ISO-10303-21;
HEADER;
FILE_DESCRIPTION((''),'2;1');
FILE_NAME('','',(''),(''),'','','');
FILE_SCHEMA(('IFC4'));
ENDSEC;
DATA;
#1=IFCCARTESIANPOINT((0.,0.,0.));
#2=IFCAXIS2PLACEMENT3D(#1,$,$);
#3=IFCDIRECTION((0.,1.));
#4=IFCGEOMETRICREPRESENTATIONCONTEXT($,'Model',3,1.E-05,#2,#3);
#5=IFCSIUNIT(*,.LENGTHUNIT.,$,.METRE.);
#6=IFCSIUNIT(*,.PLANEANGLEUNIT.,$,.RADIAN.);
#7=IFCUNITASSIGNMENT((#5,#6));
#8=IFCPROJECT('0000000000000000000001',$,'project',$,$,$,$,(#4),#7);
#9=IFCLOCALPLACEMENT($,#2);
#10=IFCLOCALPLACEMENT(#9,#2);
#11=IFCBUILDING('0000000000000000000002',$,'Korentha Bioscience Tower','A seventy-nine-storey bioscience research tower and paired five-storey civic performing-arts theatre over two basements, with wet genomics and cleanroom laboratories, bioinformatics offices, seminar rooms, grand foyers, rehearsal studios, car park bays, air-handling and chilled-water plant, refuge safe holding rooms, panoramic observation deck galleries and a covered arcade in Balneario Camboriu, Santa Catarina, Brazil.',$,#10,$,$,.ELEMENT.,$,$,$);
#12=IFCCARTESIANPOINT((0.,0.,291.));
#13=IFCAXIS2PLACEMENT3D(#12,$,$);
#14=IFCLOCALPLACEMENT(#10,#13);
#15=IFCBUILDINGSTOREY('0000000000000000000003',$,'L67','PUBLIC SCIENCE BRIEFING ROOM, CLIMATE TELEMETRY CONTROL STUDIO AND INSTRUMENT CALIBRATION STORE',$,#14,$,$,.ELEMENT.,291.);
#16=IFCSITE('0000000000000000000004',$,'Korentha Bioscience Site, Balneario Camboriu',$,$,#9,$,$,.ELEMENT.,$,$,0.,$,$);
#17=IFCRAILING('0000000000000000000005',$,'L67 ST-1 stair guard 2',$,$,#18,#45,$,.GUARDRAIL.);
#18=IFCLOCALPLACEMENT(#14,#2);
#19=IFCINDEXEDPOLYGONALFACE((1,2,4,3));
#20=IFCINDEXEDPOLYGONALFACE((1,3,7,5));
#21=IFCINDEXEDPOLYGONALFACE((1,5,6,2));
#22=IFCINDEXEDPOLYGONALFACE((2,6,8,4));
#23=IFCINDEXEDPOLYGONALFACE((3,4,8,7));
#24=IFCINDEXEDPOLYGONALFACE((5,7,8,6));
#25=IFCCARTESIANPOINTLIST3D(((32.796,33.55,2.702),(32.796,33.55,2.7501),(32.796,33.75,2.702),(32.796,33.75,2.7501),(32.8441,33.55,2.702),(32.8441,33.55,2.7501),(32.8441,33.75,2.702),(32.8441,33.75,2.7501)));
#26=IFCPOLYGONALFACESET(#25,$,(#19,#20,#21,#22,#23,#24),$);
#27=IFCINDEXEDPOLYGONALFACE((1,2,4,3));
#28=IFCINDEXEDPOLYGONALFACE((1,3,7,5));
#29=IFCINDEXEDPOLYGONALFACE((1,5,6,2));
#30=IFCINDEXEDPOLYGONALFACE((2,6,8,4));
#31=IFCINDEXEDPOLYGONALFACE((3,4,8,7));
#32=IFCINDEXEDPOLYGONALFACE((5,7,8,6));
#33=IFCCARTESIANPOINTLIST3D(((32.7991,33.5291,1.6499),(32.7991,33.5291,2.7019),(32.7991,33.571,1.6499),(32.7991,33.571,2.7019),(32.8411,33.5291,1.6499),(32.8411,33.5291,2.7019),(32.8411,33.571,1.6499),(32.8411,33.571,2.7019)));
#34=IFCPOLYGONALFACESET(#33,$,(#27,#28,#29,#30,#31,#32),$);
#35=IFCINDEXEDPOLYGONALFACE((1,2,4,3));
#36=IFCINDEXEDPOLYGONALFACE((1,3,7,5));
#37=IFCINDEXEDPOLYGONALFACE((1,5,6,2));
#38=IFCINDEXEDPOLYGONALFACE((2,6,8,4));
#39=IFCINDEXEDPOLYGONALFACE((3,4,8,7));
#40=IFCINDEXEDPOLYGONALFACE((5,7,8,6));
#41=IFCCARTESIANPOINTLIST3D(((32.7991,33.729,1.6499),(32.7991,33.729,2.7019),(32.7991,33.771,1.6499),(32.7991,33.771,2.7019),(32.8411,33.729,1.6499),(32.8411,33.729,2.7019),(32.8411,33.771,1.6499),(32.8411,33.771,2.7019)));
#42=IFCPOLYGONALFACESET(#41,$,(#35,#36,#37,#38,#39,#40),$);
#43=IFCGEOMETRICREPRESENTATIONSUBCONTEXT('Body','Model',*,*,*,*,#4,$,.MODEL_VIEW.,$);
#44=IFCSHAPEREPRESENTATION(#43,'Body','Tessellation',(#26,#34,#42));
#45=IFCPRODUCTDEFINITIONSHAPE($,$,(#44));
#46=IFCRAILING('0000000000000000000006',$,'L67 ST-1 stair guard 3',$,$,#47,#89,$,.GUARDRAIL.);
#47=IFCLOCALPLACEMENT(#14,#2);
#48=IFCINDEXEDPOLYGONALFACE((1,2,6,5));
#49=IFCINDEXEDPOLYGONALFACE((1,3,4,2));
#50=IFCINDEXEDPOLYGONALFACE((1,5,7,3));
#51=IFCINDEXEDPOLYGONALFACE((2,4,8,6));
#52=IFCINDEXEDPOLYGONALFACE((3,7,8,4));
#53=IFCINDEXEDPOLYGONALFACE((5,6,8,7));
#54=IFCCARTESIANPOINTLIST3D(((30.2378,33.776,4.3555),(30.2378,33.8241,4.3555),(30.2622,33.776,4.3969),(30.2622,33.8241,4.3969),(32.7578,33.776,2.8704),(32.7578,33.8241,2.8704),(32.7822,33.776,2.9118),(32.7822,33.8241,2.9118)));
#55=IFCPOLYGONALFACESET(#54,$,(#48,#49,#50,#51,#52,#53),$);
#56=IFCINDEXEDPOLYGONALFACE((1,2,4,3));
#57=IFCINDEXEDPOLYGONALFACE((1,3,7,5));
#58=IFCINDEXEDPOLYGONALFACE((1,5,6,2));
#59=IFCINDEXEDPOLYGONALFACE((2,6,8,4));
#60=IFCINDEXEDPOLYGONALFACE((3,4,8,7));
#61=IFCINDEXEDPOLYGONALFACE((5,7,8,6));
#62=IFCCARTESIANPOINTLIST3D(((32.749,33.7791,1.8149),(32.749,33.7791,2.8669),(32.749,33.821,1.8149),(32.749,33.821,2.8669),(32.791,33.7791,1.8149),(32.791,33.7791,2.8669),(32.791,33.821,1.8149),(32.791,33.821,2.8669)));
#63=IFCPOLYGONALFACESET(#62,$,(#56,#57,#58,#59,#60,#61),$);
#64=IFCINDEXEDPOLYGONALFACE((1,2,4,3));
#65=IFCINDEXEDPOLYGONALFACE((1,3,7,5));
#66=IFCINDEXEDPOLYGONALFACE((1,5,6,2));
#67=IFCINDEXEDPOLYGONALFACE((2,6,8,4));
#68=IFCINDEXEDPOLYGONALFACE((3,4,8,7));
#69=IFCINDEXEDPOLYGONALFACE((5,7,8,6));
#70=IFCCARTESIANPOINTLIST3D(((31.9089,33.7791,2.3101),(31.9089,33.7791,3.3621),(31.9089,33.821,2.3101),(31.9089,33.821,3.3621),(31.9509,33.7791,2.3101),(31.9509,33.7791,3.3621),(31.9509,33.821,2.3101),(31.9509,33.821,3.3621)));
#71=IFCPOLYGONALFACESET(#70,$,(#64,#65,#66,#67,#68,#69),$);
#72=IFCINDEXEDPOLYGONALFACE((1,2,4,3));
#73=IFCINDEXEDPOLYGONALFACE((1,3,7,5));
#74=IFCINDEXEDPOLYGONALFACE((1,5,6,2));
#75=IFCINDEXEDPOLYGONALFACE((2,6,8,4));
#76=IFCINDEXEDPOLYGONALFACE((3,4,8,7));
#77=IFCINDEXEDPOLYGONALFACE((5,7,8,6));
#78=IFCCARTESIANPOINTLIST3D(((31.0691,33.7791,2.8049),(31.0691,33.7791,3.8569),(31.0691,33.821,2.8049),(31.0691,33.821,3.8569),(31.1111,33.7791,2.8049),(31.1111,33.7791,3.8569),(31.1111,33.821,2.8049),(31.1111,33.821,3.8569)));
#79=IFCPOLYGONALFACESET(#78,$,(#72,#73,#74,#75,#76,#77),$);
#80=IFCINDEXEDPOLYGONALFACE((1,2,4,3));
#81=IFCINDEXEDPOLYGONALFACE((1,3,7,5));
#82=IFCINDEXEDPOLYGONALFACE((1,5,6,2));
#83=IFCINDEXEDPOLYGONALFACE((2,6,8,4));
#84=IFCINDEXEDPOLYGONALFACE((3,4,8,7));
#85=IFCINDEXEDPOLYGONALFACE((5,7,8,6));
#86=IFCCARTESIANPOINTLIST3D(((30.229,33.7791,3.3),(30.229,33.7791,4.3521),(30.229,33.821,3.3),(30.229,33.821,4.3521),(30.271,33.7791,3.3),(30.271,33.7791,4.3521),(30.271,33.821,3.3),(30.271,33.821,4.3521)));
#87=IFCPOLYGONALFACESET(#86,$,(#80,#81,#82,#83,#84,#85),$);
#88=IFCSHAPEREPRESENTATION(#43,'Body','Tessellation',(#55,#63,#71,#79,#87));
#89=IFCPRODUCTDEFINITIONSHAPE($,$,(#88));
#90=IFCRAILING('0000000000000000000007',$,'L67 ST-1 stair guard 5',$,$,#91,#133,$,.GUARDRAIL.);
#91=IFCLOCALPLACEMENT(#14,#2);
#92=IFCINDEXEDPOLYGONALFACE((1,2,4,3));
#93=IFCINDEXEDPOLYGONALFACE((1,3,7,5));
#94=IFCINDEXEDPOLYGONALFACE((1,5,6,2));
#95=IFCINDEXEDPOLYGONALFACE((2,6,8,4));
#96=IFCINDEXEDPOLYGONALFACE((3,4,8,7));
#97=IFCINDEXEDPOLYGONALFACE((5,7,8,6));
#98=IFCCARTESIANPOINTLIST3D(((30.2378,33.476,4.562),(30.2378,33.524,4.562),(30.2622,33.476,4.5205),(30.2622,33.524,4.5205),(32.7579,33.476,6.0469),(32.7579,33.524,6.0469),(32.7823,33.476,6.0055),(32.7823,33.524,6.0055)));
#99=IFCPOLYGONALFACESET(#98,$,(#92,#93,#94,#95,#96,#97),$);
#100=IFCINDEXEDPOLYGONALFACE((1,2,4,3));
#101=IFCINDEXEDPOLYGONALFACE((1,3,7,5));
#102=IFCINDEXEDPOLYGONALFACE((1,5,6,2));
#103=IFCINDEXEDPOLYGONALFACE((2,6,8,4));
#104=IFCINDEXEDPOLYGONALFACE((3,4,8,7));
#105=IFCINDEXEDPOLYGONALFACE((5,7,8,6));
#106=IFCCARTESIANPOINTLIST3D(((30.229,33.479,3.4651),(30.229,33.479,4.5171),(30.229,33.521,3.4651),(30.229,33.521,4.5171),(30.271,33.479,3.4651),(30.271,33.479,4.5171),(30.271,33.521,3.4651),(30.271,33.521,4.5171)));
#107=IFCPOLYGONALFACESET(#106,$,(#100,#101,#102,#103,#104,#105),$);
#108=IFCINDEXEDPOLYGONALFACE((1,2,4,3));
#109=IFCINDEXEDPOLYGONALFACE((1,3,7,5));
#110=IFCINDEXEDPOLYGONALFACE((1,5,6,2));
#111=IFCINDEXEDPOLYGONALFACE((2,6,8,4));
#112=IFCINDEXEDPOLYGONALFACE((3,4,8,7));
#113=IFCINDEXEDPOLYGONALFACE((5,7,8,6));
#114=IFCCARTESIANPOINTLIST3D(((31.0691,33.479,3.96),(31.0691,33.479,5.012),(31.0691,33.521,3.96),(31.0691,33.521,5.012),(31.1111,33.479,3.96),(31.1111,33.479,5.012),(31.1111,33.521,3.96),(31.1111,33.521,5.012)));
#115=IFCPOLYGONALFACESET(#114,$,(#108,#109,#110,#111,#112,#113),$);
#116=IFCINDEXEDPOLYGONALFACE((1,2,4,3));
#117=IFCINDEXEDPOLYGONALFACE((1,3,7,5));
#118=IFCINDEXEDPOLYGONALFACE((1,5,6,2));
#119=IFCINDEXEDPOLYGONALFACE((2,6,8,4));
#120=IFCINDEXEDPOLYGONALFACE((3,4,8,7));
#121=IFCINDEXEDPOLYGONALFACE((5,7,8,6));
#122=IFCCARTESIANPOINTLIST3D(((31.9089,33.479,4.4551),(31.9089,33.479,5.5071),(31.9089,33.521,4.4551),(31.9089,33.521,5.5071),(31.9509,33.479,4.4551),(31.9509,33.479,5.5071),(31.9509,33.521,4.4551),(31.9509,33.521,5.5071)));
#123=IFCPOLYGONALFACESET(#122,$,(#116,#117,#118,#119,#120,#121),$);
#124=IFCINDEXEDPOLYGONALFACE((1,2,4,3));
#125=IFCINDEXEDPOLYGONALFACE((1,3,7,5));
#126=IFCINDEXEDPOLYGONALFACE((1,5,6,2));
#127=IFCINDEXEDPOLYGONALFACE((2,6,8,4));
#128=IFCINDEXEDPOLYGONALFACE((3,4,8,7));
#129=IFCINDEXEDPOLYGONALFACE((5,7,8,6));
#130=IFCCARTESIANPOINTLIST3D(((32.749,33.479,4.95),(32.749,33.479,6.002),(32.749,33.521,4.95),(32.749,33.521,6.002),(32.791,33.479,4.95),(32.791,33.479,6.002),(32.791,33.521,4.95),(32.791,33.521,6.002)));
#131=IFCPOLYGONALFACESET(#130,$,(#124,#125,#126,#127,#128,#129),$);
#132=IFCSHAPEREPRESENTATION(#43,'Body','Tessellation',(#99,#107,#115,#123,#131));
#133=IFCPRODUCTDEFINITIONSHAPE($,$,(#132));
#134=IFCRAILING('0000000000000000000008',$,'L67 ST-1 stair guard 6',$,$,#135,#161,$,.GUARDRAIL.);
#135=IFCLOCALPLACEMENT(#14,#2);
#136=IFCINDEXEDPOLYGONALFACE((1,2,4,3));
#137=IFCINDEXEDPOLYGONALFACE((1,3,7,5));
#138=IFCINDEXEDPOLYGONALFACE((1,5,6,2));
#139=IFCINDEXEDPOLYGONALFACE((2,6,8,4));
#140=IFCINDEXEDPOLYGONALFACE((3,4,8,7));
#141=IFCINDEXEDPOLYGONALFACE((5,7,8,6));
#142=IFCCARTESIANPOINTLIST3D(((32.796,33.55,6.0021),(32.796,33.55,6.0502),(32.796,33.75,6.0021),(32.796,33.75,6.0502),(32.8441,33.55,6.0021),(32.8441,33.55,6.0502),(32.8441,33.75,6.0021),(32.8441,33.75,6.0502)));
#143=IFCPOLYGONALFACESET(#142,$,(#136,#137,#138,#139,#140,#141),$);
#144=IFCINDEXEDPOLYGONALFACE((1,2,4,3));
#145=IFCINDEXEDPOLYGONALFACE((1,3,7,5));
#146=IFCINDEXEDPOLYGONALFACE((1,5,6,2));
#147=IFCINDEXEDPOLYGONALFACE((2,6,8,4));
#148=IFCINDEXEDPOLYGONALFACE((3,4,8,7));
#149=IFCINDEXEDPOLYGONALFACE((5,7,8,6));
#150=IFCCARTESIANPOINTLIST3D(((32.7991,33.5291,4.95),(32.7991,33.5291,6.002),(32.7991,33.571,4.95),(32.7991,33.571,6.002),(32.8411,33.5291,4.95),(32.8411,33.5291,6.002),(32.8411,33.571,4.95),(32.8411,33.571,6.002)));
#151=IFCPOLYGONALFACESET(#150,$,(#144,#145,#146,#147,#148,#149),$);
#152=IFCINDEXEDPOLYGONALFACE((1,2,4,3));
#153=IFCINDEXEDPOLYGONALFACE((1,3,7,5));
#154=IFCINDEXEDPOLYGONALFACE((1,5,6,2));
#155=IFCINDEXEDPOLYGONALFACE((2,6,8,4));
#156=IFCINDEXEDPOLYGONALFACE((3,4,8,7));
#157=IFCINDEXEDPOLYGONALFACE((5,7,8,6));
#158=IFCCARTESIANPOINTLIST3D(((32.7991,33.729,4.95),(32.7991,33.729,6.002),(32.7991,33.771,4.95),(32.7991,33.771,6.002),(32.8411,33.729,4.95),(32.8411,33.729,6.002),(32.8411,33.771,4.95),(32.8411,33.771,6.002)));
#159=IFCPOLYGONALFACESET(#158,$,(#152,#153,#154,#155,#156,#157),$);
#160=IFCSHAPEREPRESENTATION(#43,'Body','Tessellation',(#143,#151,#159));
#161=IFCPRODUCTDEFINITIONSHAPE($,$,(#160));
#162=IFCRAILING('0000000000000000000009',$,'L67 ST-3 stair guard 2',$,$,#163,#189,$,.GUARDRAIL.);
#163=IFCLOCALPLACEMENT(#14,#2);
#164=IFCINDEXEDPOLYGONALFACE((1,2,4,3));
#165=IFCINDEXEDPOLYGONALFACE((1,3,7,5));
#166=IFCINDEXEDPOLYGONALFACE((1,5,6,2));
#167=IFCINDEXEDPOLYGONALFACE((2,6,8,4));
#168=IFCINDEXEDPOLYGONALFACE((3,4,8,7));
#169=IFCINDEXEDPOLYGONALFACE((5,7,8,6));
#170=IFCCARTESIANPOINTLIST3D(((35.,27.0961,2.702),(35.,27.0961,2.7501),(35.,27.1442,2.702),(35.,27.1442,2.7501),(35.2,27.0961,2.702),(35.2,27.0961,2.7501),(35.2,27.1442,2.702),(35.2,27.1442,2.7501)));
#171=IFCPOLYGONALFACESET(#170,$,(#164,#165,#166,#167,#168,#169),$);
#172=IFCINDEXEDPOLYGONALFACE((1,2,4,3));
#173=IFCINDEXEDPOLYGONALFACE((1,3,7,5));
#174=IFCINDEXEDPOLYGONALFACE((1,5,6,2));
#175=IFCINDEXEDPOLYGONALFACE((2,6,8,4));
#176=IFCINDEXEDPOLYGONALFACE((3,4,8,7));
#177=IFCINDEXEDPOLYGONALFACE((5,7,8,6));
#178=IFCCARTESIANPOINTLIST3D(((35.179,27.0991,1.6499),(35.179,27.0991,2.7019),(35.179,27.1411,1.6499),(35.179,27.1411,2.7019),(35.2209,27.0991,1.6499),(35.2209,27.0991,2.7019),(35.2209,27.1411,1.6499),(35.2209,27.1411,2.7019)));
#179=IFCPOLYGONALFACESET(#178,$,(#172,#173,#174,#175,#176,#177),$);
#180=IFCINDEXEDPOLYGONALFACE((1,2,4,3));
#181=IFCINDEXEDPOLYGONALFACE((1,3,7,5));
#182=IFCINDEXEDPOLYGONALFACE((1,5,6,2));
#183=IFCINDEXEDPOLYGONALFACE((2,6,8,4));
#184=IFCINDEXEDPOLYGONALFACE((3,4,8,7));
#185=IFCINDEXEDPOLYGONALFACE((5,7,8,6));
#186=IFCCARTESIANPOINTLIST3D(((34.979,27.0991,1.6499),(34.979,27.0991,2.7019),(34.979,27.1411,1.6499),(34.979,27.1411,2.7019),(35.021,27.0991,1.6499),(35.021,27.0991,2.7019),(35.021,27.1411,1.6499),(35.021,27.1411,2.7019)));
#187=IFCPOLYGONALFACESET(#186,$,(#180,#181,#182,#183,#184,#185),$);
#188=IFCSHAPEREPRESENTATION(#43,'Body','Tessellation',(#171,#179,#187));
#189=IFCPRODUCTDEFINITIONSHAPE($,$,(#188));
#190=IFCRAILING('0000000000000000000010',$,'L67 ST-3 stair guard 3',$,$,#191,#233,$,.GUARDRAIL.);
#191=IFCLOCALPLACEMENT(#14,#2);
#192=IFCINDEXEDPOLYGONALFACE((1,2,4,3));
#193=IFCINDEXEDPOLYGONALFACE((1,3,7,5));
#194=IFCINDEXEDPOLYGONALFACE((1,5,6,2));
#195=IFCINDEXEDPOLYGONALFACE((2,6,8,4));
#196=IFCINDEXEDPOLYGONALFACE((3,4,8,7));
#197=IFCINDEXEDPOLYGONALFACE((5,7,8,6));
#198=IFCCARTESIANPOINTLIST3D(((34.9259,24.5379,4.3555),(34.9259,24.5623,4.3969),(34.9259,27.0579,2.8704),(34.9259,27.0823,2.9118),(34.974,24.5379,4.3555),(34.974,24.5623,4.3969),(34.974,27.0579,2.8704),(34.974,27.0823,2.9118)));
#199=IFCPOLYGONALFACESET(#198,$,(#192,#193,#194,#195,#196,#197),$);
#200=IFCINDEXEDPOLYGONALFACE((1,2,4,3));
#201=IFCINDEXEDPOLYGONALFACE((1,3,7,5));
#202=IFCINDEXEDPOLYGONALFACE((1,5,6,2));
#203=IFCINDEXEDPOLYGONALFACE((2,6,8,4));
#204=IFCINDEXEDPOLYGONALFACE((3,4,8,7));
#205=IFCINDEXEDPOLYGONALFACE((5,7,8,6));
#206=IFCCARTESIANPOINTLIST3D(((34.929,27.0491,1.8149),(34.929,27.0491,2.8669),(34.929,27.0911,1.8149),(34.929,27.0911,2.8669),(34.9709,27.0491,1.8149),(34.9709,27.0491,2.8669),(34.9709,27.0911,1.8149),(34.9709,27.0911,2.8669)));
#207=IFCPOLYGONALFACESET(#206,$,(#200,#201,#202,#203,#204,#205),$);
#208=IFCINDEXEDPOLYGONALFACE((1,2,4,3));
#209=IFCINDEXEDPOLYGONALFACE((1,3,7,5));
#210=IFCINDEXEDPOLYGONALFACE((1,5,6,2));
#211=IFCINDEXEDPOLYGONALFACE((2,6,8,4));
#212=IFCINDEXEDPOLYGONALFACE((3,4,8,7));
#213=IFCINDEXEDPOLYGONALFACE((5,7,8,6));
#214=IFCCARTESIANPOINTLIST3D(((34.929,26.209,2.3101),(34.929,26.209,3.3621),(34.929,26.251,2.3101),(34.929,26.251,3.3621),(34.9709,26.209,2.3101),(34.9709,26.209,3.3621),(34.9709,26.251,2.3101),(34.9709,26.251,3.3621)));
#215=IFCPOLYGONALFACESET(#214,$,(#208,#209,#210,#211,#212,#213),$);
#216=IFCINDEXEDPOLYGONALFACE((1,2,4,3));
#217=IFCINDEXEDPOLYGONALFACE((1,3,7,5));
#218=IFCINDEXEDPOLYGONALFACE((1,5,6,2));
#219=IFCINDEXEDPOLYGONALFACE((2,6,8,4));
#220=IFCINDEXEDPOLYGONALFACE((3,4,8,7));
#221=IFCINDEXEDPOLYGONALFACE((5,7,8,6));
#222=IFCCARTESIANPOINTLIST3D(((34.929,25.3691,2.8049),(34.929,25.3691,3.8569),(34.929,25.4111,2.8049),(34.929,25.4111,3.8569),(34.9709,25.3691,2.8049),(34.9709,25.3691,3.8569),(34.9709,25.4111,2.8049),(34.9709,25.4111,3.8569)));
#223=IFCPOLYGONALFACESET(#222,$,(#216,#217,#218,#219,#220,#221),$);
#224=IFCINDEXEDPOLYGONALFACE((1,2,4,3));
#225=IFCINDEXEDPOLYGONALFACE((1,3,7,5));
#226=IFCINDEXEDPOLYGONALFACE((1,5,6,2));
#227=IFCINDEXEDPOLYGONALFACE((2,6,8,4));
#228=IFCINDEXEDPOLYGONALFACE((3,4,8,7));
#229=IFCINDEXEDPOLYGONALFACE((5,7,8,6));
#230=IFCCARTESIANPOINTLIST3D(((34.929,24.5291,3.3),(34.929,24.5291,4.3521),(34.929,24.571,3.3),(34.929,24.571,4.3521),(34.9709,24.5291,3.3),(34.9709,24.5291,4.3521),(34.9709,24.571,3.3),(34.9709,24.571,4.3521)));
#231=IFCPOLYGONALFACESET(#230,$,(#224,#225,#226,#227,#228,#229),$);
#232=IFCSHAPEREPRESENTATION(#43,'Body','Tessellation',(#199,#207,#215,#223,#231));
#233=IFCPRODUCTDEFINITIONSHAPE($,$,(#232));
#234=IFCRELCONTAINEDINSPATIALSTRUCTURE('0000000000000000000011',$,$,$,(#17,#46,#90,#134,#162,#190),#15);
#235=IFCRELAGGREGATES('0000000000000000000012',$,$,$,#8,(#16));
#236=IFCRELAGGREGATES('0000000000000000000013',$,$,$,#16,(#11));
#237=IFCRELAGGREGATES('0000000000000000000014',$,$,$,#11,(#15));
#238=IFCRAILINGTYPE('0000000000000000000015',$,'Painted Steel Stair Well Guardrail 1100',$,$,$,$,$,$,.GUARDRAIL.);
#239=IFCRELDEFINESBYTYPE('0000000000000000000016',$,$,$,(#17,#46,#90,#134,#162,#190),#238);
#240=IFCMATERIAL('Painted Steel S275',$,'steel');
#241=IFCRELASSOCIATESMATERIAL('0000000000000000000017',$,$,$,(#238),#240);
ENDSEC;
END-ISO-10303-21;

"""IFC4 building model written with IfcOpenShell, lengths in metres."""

from ifc_helpers import new_model, si_unit, direction, frame, origin, origin_2d, place, context, subcontext, project, spatial, rectangle, extrude, material, type_object, element, save


model = new_model("IFC4")

# Units and contexts
model_context = context("Model", 3, precision=1e-05, world=origin(), true_north=direction((0.0, 1.0)))
body_context = subcontext(model_context, "Body", "Model", "MODEL_VIEW")
ifc_project = project(units=[si_unit("LENGTHUNIT", "METRE"), si_unit("PLANEANGLEUNIT", "RADIAN")], contexts=[model_context])

# Site, building, storey
site_placement = place(None, origin())
site = spatial("IfcSite", under=ifc_project, at=site_placement, Name="Korentha Bioscience Site, Balneario Camboriu", CompositionType="ELEMENT", RefElevation=0.0)
building_placement = place(site_placement, origin())
building = spatial("IfcBuilding", under=site, at=building_placement, Name="Korentha Bioscience Tower", Description="A seventy-nine-storey bioscience research tower and paired five-storey civic performing-arts theatre over two basements, with wet genomics and cleanroom laboratories, bioinformatics offices, seminar rooms, grand foyers, rehearsal studios, car park bays, air-handling and chilled-water plant, refuge safe holding rooms, panoramic observation deck galleries and a covered arcade in Balneario Camboriu, Santa Catarina, Brazil.", CompositionType="ELEMENT")
storey_placement = place(building_placement, frame((0.0, 0.0, 291.0)))
storey = spatial("IfcBuildingStorey", under=building, at=storey_placement, Name="L67", Description="PUBLIC SCIENCE BRIEFING ROOM, CLIMATE TELEMETRY CONTROL STUDIO AND INSTRUMENT CALIBRATION STORE", CompositionType="ELEMENT", Elevation=291.0)

# Railings
ifc_material_1 = material(Name="Painted Steel S275", Category="steel")
railing_type_1 = type_object("IfcRailingType", Name="Painted Steel Stair Well Guardrail 1100", PredefinedType="GUARDRAIL", material=ifc_material_1)
railing_1_placement = place(storey_placement, frame((32.8201, 33.55, 1.6499)))
element("IfcRailing", 1, at=railing_1_placement, inside=storey, type_object=railing_type_1, Name="L67 ST-1 stair guard 2", PredefinedType="GUARDRAIL", context=body_context, shape_type="SweptSolid", body=[
    extrude(rectangle(XDim=0.0481, YDim=0.0481, at=origin_2d()), frame((0.0, 0.0, 1.0762), z_axis=(0.0, 1.0, 0.0), x_axis=(-1.0, 0.0, 0.0)), (0.0, 0.0, 1.0), 0.2),
    extrude(rectangle(XDim=0.042, YDim=0.042, at=origin_2d()), origin(), (0.0, 0.0, 1.0), 1.052),
    extrude(rectangle(XDim=0.042, YDim=0.042, at=origin_2d()), frame((0.0, 0.2, 0.0)), (0.0, 0.0, 1.0), 1.052),
])
railing_2_placement = place(storey_placement, frame((32.77, 33.8, 1.8149)))
element("IfcRailing", 2, at=railing_2_placement, inside=storey, type_object=railing_type_1, Name="L67 ST-1 stair guard 3", PredefinedType="GUARDRAIL", context=body_context, shape_type="SweptSolid", body=[
    extrude(rectangle(XDim=0.0481, YDim=0.0481, at=origin_2d()), frame((0.0, 0.0, 1.0762), z_axis=(-0.861524, 0.0, 0.507717), x_axis=(0.0, -1.0, 0.0)), (0.0, 0.0, 1.0), 2.925),
    extrude(rectangle(XDim=0.042, YDim=0.042, at=origin_2d()), origin(), (0.0, 0.0, 1.0), 1.052),
    extrude(rectangle(XDim=0.042, YDim=0.042, at=origin_2d()), frame((-0.8401, 0.0, 0.4951)), (0.0, 0.0, 1.0), 1.052),
    extrude(rectangle(XDim=0.042, YDim=0.042, at=origin_2d()), frame((-1.6799, 0.0, 0.99)), (0.0, 0.0, 1.0), 1.052),
    extrude(rectangle(XDim=0.042, YDim=0.042, at=origin_2d()), frame((-2.52, 0.0, 1.4851)), (0.0, 0.0, 1.0), 1.052),
])
railing_3_placement = place(storey_placement, frame((30.25, 33.5, 3.4651)))
element("IfcRailing", 3, at=railing_3_placement, inside=storey, type_object=railing_type_1, Name="L67 ST-1 stair guard 5", PredefinedType="GUARDRAIL", context=body_context, shape_type="SweptSolid", body=[
    extrude(rectangle(XDim=0.0481, YDim=0.0481, at=origin_2d()), frame((0.0, 0.0, 1.0762), z_axis=(0.861561, 0.0, 0.507655), x_axis=(0.0, 1.0, 0.0)), (0.0, 0.0, 1.0), 2.925),
    extrude(rectangle(XDim=0.042, YDim=0.042, at=origin_2d()), origin(), (0.0, 0.0, 1.0), 1.052),
    extrude(rectangle(XDim=0.042, YDim=0.042, at=origin_2d()), frame((0.8401, 0.0, 0.4949)), (0.0, 0.0, 1.0), 1.052),
    extrude(rectangle(XDim=0.042, YDim=0.042, at=origin_2d()), frame((1.6799, 0.0, 0.99)), (0.0, 0.0, 1.0), 1.052),
    extrude(rectangle(XDim=0.042, YDim=0.042, at=origin_2d()), frame((2.52, 0.0, 1.4849)), (0.0, 0.0, 1.0), 1.052),
])
railing_4_placement = place(storey_placement, frame((32.8201, 33.55, 4.95)))
element("IfcRailing", 4, at=railing_4_placement, inside=storey, type_object=railing_type_1, Name="L67 ST-1 stair guard 6", PredefinedType="GUARDRAIL", context=body_context, shape_type="SweptSolid", body=[
    extrude(rectangle(XDim=0.0481, YDim=0.0481, at=origin_2d()), frame((0.0, 0.0, 1.0762), z_axis=(0.0, 1.0, 0.0), x_axis=(-1.0, 0.0, 0.0)), (0.0, 0.0, 1.0), 0.2),
    extrude(rectangle(XDim=0.042, YDim=0.042, at=origin_2d()), origin(), (0.0, 0.0, 1.0), 1.052),
    extrude(rectangle(XDim=0.042, YDim=0.042, at=origin_2d()), frame((0.0, 0.2, 0.0)), (0.0, 0.0, 1.0), 1.052),
])
railing_5_placement = place(storey_placement, frame((35.2, 27.1201, 1.6499)))
element("IfcRailing", 5, at=railing_5_placement, inside=storey, type_object=railing_type_1, Name="L67 ST-3 stair guard 2", PredefinedType="GUARDRAIL", context=body_context, shape_type="SweptSolid", body=[
    extrude(rectangle(XDim=0.0481, YDim=0.0481, at=origin_2d()), frame((0.0, 0.0, 1.0762), z_axis=(-1.0, 0.0, 0.0), x_axis=(0.0, -1.0, 0.0)), (0.0, 0.0, 1.0), 0.2),
    extrude(rectangle(XDim=0.042, YDim=0.042, at=origin_2d()), origin(), (0.0, 0.0, 1.0), 1.052),
    extrude(rectangle(XDim=0.042, YDim=0.042, at=origin_2d()), frame((-0.2, 0.0, 0.0)), (0.0, 0.0, 1.0), 1.052),
])
railing_6_placement = place(storey_placement, frame((34.95, 27.0701, 1.8149)))
element("IfcRailing", 6, at=railing_6_placement, inside=storey, type_object=railing_type_1, Name="L67 ST-3 stair guard 3", PredefinedType="GUARDRAIL", context=body_context, shape_type="SweptSolid", body=[
    extrude(rectangle(XDim=0.0481, YDim=0.0481, at=origin_2d()), frame((0.0, 0.0, 1.0762), z_axis=(0.0, -0.861524, 0.507717), x_axis=(1.0, 0.0, 0.0)), (0.0, 0.0, 1.0), 2.925),
    extrude(rectangle(XDim=0.042, YDim=0.042, at=origin_2d()), origin(), (0.0, 0.0, 1.0), 1.052),
    extrude(rectangle(XDim=0.042, YDim=0.042, at=origin_2d()), frame((0.0, -0.8401, 0.4951)), (0.0, 0.0, 1.0), 1.052),
    extrude(rectangle(XDim=0.042, YDim=0.042, at=origin_2d()), frame((0.0, -1.6799, 0.99)), (0.0, 0.0, 1.0), 1.052),
    extrude(rectangle(XDim=0.042, YDim=0.042, at=origin_2d()), frame((0.0, -2.52, 1.4851)), (0.0, 0.0, 1.0), 1.052),
])

save(model, "model.ifc")
